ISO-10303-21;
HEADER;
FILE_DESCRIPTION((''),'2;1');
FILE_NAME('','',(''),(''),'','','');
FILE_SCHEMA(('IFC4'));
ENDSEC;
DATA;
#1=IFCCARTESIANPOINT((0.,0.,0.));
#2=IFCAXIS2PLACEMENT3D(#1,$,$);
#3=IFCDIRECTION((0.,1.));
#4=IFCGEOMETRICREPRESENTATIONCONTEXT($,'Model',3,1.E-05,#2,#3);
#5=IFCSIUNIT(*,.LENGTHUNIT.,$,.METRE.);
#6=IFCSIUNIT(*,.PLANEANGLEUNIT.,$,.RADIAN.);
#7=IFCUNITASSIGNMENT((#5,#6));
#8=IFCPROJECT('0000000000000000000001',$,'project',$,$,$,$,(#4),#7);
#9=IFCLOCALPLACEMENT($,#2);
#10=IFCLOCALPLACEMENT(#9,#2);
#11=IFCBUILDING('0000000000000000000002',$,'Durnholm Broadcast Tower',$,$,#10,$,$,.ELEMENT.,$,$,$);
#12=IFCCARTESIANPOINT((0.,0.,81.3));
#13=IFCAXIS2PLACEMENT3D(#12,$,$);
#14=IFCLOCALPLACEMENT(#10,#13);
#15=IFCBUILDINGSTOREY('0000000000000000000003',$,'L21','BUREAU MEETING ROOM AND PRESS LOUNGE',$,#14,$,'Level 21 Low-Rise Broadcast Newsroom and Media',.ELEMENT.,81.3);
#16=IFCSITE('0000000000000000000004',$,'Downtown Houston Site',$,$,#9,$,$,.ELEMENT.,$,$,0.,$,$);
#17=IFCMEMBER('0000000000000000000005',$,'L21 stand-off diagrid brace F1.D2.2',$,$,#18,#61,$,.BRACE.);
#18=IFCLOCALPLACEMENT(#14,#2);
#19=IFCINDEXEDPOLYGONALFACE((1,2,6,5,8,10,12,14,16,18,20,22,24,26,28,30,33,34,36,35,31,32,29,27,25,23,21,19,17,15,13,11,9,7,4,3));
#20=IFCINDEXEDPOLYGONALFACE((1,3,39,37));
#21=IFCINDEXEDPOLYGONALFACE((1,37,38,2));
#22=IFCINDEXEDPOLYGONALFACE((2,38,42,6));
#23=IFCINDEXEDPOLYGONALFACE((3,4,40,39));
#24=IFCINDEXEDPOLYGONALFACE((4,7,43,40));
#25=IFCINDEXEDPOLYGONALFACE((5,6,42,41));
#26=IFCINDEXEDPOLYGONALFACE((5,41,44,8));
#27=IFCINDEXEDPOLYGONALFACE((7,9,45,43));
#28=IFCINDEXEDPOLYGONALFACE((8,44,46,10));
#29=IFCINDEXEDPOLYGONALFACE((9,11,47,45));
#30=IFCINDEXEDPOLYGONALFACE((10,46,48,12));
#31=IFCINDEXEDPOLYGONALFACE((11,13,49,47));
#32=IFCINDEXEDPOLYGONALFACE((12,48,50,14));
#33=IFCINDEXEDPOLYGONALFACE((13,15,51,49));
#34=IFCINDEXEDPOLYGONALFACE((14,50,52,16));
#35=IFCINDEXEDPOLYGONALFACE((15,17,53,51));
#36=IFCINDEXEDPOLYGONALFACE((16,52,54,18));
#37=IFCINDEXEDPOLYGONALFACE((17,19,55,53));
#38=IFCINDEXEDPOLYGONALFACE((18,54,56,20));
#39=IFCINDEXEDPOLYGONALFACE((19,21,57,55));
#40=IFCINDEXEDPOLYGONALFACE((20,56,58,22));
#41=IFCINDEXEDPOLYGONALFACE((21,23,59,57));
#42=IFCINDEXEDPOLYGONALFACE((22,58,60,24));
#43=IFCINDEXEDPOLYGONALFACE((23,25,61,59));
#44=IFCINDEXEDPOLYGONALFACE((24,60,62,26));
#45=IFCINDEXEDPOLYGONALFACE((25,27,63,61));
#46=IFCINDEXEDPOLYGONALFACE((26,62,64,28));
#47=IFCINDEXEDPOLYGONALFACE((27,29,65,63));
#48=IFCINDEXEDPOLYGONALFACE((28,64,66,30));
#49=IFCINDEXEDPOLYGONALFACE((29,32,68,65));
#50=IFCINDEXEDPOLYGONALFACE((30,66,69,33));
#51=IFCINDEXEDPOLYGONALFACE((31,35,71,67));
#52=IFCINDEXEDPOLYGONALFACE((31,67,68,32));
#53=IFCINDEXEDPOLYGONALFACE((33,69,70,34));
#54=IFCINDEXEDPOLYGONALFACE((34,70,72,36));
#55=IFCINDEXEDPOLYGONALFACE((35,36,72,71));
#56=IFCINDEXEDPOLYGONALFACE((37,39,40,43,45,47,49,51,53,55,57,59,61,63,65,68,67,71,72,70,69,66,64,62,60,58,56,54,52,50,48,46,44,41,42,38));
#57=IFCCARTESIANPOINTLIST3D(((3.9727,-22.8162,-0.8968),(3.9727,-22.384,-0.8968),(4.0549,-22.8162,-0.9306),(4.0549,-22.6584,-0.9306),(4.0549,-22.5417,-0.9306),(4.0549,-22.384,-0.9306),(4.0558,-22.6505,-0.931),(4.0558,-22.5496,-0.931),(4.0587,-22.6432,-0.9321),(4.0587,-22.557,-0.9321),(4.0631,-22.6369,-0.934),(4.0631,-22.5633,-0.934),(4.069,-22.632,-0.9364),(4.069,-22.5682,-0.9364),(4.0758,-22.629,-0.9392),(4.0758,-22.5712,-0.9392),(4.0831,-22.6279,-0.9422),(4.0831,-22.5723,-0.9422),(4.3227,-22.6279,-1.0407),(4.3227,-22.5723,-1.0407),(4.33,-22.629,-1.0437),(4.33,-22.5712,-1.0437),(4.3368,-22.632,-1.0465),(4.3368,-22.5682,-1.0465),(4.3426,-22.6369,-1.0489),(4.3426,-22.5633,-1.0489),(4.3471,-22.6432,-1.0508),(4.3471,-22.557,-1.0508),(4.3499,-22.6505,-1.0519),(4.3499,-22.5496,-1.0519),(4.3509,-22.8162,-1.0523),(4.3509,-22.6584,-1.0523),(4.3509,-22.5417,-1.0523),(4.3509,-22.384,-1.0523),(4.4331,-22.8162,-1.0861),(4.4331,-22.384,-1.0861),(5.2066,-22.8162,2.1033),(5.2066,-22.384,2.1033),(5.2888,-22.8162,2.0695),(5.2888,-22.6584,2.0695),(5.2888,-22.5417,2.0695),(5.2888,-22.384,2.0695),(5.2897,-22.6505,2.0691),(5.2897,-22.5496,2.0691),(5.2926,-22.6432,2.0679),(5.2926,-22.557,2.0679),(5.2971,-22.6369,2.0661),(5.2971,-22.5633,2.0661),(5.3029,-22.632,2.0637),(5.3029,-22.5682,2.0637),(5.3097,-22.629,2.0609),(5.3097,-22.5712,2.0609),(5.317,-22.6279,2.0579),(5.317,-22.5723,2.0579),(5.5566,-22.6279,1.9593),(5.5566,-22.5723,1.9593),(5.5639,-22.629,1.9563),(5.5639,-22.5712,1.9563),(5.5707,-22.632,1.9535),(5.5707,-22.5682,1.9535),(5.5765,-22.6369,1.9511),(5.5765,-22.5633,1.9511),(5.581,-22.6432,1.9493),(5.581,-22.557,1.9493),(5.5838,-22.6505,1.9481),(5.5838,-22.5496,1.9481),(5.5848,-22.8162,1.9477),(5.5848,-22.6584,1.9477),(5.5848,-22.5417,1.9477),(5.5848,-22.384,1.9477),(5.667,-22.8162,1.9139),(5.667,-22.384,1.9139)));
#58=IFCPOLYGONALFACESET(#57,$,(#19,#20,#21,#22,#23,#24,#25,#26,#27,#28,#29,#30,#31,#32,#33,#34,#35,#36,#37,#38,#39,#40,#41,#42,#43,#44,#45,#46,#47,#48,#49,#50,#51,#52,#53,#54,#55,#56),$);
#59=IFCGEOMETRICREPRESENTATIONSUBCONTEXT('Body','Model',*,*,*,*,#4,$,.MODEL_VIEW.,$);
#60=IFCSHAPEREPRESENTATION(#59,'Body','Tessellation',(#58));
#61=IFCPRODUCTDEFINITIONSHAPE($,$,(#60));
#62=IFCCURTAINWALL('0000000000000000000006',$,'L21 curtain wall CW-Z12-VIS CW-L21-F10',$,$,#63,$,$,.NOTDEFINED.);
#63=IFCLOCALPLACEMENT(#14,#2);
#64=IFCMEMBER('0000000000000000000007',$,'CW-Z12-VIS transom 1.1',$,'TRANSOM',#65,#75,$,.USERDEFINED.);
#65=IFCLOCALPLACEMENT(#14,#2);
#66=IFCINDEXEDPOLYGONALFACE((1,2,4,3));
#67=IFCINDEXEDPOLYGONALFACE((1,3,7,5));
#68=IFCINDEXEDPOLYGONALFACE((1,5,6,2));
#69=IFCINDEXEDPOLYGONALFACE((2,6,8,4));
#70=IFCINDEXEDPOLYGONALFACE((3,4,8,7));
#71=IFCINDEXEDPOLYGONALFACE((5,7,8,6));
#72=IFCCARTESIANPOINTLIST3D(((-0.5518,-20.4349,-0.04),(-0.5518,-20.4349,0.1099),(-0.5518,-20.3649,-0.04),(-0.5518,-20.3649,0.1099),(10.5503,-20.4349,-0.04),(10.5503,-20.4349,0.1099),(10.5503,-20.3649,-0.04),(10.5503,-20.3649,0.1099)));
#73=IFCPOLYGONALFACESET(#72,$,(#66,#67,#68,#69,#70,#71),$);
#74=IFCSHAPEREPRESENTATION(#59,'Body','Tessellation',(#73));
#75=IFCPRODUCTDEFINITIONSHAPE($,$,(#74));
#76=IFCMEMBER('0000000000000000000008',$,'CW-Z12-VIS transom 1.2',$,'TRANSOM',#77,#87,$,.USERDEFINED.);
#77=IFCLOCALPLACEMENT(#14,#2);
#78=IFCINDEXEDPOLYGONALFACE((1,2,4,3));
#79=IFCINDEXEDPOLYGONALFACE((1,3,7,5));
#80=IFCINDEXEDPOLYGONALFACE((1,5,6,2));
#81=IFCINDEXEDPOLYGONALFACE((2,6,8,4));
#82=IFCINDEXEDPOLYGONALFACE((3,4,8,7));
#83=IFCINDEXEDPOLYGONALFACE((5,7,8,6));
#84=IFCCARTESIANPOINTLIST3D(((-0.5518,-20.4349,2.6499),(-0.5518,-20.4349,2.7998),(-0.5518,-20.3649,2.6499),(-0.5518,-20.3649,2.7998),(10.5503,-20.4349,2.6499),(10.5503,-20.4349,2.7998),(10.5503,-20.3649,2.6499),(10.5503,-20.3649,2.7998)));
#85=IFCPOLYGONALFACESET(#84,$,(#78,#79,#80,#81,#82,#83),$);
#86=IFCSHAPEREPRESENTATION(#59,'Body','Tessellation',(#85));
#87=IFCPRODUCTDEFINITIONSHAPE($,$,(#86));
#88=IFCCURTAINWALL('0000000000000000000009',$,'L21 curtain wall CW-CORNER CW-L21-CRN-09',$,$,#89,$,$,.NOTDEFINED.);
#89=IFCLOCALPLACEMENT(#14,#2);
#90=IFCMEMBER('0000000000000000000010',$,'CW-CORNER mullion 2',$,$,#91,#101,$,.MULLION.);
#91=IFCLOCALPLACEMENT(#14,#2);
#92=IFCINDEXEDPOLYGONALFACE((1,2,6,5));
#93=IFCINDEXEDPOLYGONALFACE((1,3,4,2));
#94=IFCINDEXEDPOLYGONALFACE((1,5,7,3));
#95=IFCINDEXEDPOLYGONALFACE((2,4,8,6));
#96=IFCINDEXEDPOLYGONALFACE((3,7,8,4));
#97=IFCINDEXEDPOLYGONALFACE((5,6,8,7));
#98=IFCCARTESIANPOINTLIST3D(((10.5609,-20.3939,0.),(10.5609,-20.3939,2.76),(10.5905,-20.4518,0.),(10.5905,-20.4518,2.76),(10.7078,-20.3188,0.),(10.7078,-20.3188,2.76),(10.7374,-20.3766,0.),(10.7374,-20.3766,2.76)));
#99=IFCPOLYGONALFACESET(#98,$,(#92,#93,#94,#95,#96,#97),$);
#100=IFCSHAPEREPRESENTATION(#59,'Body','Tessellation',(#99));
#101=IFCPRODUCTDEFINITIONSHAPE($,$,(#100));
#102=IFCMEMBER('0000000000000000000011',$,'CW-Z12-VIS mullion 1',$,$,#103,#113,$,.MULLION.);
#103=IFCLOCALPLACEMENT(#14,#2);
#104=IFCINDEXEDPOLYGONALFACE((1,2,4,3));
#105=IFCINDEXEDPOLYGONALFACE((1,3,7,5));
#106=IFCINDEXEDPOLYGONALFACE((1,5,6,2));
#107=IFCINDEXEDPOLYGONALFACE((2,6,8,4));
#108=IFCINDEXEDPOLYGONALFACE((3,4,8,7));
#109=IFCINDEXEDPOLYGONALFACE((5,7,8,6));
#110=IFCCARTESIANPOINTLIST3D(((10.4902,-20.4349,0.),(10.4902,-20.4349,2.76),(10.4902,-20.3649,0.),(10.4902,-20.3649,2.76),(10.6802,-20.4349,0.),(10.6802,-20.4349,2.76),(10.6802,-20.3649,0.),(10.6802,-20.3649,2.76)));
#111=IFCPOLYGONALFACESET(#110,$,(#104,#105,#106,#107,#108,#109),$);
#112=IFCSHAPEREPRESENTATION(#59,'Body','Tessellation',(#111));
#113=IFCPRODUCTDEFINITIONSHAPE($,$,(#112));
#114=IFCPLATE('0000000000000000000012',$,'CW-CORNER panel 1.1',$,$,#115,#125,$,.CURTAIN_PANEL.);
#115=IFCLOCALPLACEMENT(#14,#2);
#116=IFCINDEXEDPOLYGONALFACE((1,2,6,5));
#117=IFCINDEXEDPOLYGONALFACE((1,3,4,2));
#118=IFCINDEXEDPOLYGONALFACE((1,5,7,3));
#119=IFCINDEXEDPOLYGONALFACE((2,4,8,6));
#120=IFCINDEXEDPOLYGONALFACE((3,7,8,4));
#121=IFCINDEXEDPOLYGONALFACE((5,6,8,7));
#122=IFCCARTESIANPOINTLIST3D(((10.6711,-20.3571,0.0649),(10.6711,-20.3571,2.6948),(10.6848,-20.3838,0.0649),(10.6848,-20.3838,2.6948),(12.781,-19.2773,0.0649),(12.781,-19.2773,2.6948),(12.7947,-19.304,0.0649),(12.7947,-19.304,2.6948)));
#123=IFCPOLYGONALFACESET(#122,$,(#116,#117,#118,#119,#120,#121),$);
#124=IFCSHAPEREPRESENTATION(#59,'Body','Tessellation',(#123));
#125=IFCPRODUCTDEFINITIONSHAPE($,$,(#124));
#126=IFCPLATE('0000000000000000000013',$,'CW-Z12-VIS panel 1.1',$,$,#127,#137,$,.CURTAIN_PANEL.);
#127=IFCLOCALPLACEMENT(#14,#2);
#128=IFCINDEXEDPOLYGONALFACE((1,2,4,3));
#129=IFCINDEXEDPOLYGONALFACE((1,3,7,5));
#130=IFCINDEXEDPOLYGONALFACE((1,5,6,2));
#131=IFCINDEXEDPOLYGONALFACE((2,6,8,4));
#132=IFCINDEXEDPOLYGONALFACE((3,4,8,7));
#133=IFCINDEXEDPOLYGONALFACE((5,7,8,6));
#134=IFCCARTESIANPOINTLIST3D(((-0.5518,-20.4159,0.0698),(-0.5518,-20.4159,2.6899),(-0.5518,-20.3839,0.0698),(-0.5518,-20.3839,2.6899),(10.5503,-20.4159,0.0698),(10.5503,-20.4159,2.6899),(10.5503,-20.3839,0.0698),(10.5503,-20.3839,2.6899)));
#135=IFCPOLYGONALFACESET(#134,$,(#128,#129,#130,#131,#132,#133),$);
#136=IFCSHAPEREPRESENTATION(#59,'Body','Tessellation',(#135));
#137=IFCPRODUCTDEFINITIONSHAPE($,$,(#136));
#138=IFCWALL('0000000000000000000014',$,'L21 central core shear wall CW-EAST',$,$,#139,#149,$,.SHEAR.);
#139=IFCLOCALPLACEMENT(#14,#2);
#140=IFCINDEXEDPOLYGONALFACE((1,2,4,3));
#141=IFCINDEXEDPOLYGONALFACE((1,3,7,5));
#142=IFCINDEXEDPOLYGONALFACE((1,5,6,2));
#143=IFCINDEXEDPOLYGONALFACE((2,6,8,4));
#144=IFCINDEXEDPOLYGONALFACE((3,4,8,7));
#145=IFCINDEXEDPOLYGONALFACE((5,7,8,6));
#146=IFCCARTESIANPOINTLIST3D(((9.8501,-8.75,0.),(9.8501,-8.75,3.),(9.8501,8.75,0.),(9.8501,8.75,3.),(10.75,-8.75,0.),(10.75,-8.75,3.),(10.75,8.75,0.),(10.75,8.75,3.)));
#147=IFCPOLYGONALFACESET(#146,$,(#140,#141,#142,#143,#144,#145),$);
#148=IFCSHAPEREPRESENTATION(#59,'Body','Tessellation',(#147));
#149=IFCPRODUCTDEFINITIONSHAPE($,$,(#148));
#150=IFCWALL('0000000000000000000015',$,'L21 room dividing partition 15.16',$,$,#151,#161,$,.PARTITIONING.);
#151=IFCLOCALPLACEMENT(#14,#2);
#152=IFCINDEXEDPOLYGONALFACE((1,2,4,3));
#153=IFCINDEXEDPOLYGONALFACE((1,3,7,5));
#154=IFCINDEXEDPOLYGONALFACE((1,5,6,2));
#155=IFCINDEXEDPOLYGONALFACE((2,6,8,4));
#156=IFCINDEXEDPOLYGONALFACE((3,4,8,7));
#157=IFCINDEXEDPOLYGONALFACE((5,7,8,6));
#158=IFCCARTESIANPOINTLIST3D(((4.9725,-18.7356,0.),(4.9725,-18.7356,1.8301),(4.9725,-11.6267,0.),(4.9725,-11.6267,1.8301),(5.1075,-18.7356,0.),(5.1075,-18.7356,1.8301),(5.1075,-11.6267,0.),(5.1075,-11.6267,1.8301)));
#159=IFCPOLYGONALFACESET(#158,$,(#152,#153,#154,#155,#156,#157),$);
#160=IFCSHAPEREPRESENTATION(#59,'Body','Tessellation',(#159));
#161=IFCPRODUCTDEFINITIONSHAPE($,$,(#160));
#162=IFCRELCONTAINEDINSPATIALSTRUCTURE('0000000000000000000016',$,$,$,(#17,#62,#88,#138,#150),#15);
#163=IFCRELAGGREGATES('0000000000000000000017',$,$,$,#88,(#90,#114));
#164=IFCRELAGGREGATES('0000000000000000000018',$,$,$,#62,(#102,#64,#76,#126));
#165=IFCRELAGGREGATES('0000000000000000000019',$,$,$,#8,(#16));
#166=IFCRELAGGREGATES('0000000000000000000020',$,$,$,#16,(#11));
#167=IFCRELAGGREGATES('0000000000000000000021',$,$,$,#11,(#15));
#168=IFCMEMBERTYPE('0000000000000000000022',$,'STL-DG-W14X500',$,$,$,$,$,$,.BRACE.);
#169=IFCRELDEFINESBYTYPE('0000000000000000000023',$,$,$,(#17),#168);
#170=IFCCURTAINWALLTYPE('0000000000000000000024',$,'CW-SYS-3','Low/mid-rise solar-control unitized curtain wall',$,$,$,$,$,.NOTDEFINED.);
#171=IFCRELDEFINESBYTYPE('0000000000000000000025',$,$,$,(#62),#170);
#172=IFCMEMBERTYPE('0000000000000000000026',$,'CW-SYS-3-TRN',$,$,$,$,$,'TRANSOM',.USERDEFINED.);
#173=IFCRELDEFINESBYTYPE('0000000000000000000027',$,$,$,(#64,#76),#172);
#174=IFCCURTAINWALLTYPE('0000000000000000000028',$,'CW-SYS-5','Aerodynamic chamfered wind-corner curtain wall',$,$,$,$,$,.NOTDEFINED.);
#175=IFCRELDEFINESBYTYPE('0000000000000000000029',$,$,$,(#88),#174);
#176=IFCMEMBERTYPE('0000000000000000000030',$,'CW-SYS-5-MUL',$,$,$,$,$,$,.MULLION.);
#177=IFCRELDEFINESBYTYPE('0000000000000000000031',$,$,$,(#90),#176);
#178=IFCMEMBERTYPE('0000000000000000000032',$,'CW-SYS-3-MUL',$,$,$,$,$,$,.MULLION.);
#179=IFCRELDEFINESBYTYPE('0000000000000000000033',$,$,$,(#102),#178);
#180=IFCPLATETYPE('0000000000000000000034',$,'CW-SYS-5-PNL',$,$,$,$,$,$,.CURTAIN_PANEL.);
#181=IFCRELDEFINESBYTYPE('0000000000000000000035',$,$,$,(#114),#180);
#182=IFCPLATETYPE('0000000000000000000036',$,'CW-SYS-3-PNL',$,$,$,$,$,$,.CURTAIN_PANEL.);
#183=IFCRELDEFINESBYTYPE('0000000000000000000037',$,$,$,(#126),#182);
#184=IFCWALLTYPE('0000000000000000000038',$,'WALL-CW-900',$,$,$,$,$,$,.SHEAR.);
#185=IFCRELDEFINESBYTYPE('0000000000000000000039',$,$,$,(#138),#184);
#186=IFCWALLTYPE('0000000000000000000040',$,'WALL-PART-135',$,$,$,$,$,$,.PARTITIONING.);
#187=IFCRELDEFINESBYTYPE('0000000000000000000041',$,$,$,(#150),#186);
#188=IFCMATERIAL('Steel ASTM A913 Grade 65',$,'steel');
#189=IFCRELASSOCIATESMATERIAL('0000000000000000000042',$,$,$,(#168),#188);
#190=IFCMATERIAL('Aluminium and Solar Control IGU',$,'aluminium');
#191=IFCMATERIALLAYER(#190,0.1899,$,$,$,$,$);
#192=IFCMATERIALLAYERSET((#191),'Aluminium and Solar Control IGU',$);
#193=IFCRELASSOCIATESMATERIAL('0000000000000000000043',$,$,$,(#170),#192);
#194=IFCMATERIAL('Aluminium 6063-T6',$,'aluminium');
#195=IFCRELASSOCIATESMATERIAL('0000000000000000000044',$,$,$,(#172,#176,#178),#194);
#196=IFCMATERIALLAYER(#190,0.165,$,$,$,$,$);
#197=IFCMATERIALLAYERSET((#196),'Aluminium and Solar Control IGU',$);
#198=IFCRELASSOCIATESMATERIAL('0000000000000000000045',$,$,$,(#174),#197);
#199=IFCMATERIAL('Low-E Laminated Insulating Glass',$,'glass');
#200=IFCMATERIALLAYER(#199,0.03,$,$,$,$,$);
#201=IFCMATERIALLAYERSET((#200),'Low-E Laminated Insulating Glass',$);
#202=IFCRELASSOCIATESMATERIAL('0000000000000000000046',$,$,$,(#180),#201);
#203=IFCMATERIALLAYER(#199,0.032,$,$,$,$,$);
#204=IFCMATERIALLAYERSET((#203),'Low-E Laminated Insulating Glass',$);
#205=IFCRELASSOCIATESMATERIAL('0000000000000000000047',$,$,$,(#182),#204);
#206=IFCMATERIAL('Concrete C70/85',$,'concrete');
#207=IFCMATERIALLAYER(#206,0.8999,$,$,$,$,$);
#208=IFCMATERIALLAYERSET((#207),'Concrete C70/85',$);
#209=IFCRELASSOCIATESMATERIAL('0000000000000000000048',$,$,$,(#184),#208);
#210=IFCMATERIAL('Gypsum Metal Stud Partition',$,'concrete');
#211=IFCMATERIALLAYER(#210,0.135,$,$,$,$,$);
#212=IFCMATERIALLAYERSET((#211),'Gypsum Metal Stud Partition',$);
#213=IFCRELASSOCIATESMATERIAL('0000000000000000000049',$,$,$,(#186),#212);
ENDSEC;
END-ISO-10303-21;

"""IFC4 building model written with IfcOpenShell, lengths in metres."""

from ifc_helpers import new_model, si_unit, direction, frame, frame_2d, origin, origin_2d, place, context, subcontext, project, spatial, rectangle, i_section, extrude, source, transform, mapped, material, layer, layer_set, material_profile, profile_set, type_object, type_shapes, element, aggregate, save


model = new_model("IFC4")

# Units and contexts
model_context = context("Model", 3, precision=1e-05, world=origin(), true_north=direction((0.0, 1.0)))
body_context = subcontext(model_context, "Body", "Model", "MODEL_VIEW")
ifc_project = project(units=[si_unit("LENGTHUNIT", "METRE"), si_unit("PLANEANGLEUNIT", "RADIAN")], contexts=[model_context])

# Site, building, storey
site_placement = place(None, origin())
site = spatial("IfcSite", under=ifc_project, at=site_placement, Name="Downtown Houston Site", CompositionType="ELEMENT", RefElevation=0.0)
building_placement = place(site_placement, origin())
building = spatial("IfcBuilding", under=site, at=building_placement, Name="Durnholm Broadcast Tower", CompositionType="ELEMENT")
storey_placement = place(building_placement, frame((0.0, 0.0, 81.3)))
storey = spatial("IfcBuildingStorey", under=building, at=storey_placement, Name="L21", Description="BUREAU MEETING ROOM AND PRESS LOUNGE", LongName="Level 21 Low-Rise Broadcast Newsroom and Media", CompositionType="ELEMENT", Elevation=81.3)

# Shared definitions
ifc_material_1 = material(Name="Concrete C70/85", Category="concrete")

# Member
ifc_material_2 = material(Name="Steel ASTM A913 Grade 65", Category="steel")
ifc_material_profile_1 = material_profile(ifc_material_2, i_section(OverallWidth=0.4321, OverallDepth=0.4978, WebThickness=0.0557, FlangeThickness=0.0889, FilletRadius=0.0305, at=origin_2d()), Name="W14X500")
ifc_profile_set_1 = profile_set([ifc_material_profile_1], Name="Steel ASTM A913 Grade 65")
member_type_1 = type_object("IfcMemberType", Name="STL-DG-W14X500", PredefinedType="BRACE", material=ifc_profile_set_1)
shared_shape_1 = source(origin(), body_context, "Body", "SweptSolid", [
    extrude(i_section(OverallWidth=0.4321, OverallDepth=0.4978, WebThickness=0.0557, FlangeThickness=0.0889, FilletRadius=0.0305, at=origin_2d()), origin(), (0.0, 0.0, 1.0), 3.2439),
])
type_shapes(member_type_1, [shared_shape_1])
for number, where, z_axis, x_axis, name in (
    (1, (4.2029, -22.6001, -0.9915), (0.380379, 0.0, 0.924831), (0.0, 1.0, 0.0), "L21 stand-off diagrid brace F1.D2.2"),
):
    element("IfcMember", number, at=place(storey_placement, frame(where, z_axis=z_axis, x_axis=x_axis)), inside=storey, type_object=member_type_1, Name=name, PredefinedType="BRACE", context=body_context, shape_type="MappedRepresentation", body=[
        mapped(shared_shape_1, transform((0.0, 0.0, 0.0), x_axis=(1.0, 0.0, 0.0), y_axis=(0.0, 1.0, 0.0), z_axis=(0.0, 0.0, 1.0), scale=1.0)),
    ])

# Curtain wall, members
ifc_material_3 = material(Name="Aluminium and Solar Control IGU", Category="aluminium")
ifc_layer_1 = layer(ifc_material_3, 0.1899)
ifc_layer_set_1 = layer_set([ifc_layer_1], Name="Aluminium and Solar Control IGU")
curtain_wall_type_1 = type_object("IfcCurtainWallType", Name="CW-SYS-3", Description="Low/mid-rise solar-control unitized curtain wall", PredefinedType="NOTDEFINED", material=ifc_layer_set_1)
curtain_wall_1_placement = place(storey_placement, origin())
curtain_wall_1 = element("IfcCurtainWall", 2, at=curtain_wall_1_placement, inside=storey, type_object=curtain_wall_type_1, Name="L21 curtain wall CW-Z12-VIS CW-L21-F10", PredefinedType="NOTDEFINED")
ifc_material_4 = material(Name="Aluminium 6063-T6", Category="aluminium")
ifc_material_profile_2 = material_profile(ifc_material_4, rectangle(XDim=0.0701, YDim=0.1499, at=origin_2d()), Name="CWT70X150")
ifc_profile_set_2 = profile_set([ifc_material_profile_2], Name="Aluminium 6063-T6")
member_type_2 = type_object("IfcMemberType", Name="CW-SYS-3-TRN", ElementType="TRANSOM", PredefinedType="USERDEFINED", material=ifc_profile_set_2)
shared_shape_2 = source(origin(), body_context, "Body", "SweptSolid", [
    extrude(rectangle(XDim=0.0701, YDim=0.1499, at=origin_2d()), origin(), (0.0, 0.0, 1.0), 11.1021),
])
type_shapes(member_type_2, [shared_shape_2])
member_1_placement = place(storey_placement, frame((10.5503, -20.3999, 0.0349), z_axis=(-1.0, 0.0, 0.0), x_axis=(0.0, -1.0, 0.0)))
member_1 = element("IfcMember", 3, at=member_1_placement, type_object=member_type_2, Name="CW-Z12-VIS transom 1.1", ObjectType="TRANSOM", PredefinedType="USERDEFINED", context=body_context, shape_type="MappedRepresentation", body=[
    mapped(shared_shape_2, transform((0.0, 0.0, 0.0), x_axis=(1.0, 0.0, 0.0), y_axis=(0.0, 1.0, 0.0), z_axis=(0.0, 0.0, 1.0), scale=1.0)),
])
member_2_placement = place(storey_placement, frame((10.5503, -20.3999, 2.7249), z_axis=(-1.0, 0.0, 0.0), x_axis=(0.0, -1.0, 0.0)))
member_2 = element("IfcMember", 4, at=member_2_placement, type_object=member_type_2, Name="CW-Z12-VIS transom 1.2", ObjectType="TRANSOM", PredefinedType="USERDEFINED", context=body_context, shape_type="MappedRepresentation", body=[
    mapped(shared_shape_2, transform((0.0, 0.0, 0.0), x_axis=(1.0, 0.0, 0.0), y_axis=(0.0, 1.0, 0.0), z_axis=(0.0, 0.0, 1.0), scale=1.0)),
])

# Curtain wall, member
ifc_layer_2 = layer(ifc_material_3, 0.165)
ifc_layer_set_2 = layer_set([ifc_layer_2], Name="Aluminium and Solar Control IGU")
curtain_wall_type_2 = type_object("IfcCurtainWallType", Name="CW-SYS-5", Description="Aerodynamic chamfered wind-corner curtain wall", PredefinedType="NOTDEFINED", material=ifc_layer_set_2)
curtain_wall_2_placement = place(storey_placement, origin())
curtain_wall_2 = element("IfcCurtainWall", 5, at=curtain_wall_2_placement, inside=storey, type_object=curtain_wall_type_2, Name="L21 curtain wall CW-CORNER CW-L21-CRN-09", PredefinedType="NOTDEFINED")
ifc_material_profile_3 = material_profile(ifc_material_4, rectangle(XDim=0.0649, YDim=0.165, at=origin_2d()), Name="CWM65X165")
ifc_profile_set_3 = profile_set([ifc_material_profile_3], Name="Aluminium 6063-T6")
member_type_3 = type_object("IfcMemberType", Name="CW-SYS-5-MUL", PredefinedType="MULLION", material=ifc_profile_set_3)
shared_shape_3 = source(origin(), body_context, "Body", "SweptSolid", [
    extrude(rectangle(XDim=0.0649, YDim=0.165, at=origin_2d()), origin(), (0.0, 0.0, 1.0), 2.76),
])
type_shapes(member_type_3, [shared_shape_3])
member_3_placement = place(storey_placement, frame((10.6492, -20.3853, 0.0), z_axis=(0.0, 0.0, 1.0), x_axis=(0.455594, -0.890188, 0.0)))
member_3 = element("IfcMember", 6, at=member_3_placement, type_object=member_type_3, Name="CW-CORNER mullion 2", PredefinedType="MULLION", context=body_context, shape_type="MappedRepresentation", body=[
    mapped(shared_shape_3, transform((0.0, 0.0, 0.0), x_axis=(1.0, 0.0, 0.0), y_axis=(0.0, 1.0, 0.0), z_axis=(0.0, 0.0, 1.0), scale=1.0)),
])

# Member
ifc_material_profile_4 = material_profile(ifc_material_4, rectangle(XDim=0.0701, YDim=0.1899, at=origin_2d()), Name="CWM70X190")
ifc_profile_set_4 = profile_set([ifc_material_profile_4], Name="Aluminium 6063-T6")
member_type_4 = type_object("IfcMemberType", Name="CW-SYS-3-MUL", PredefinedType="MULLION", material=ifc_profile_set_4)
shared_shape_4 = source(origin(), body_context, "Body", "SweptSolid", [
    extrude(rectangle(XDim=0.0701, YDim=0.1899, at=origin_2d()), origin(), (0.0, 0.0, 1.0), 2.76),
])
type_shapes(member_type_4, [shared_shape_4])
member_4_placement = place(storey_placement, frame((10.5852, -20.3999, 0.0), z_axis=(0.0, 0.0, 1.0), x_axis=(0.0, -1.0, 0.0)))
member_4 = element("IfcMember", 7, at=member_4_placement, type_object=member_type_4, Name="CW-Z12-VIS mullion 1", PredefinedType="MULLION", context=body_context, shape_type="MappedRepresentation", body=[
    mapped(shared_shape_4, transform((0.0, 0.0, 0.0), x_axis=(1.0, 0.0, 0.0), y_axis=(0.0, 1.0, 0.0), z_axis=(0.0, 0.0, 1.0), scale=1.0)),
])

# Plates
ifc_material_5 = material(Name="Low-E Laminated Insulating Glass", Category="glass")
ifc_layer_3 = layer(ifc_material_5, 0.03)
ifc_layer_set_3 = layer_set([ifc_layer_3], Name="Low-E Laminated Insulating Glass")
plate_type_1 = type_object("IfcPlateType", Name="CW-SYS-5-PNL", PredefinedType="CURTAIN_PANEL", material=ifc_layer_set_3)
shared_shape_5 = source(origin(), body_context, "Body", "SweptSolid", [
    extrude(rectangle(XDim=2.3701, YDim=0.03, at=origin_2d()), origin(), (0.0, 0.0, 1.0), 2.6299),
])
type_shapes(plate_type_1, [shared_shape_5])
plate_1_placement = place(storey_placement, frame((11.7329, -19.8306, 0.0649), z_axis=(0.0, 0.0, 1.0), x_axis=(-0.890188, -0.455594, 0.0)))
plate_1 = element("IfcPlate", 8, at=plate_1_placement, type_object=plate_type_1, Name="CW-CORNER panel 1.1", PredefinedType="CURTAIN_PANEL", context=body_context, shape_type="MappedRepresentation", body=[
    mapped(shared_shape_5, transform((0.0, 0.0, 0.0), x_axis=(1.0, 0.0, 0.0), y_axis=(0.0, 1.0, 0.0), z_axis=(0.0, 0.0, 1.0), scale=1.0)),
])
aggregate(curtain_wall_2, [member_3, plate_1])
ifc_layer_4 = layer(ifc_material_5, 0.032)
ifc_layer_set_4 = layer_set([ifc_layer_4], Name="Low-E Laminated Insulating Glass")
plate_type_2 = type_object("IfcPlateType", Name="CW-SYS-3-PNL", PredefinedType="CURTAIN_PANEL", material=ifc_layer_set_4)
shared_shape_6 = source(origin(), body_context, "Body", "SweptSolid", [
    extrude(rectangle(XDim=11.1021, YDim=0.032, at=origin_2d()), origin(), (0.0, 0.0, 1.0), 2.6201),
])
type_shapes(plate_type_2, [shared_shape_6])
plate_2_placement = place(storey_placement, frame((4.9993, -20.3999, 0.0698), z_axis=(0.0, 0.0, 1.0), x_axis=(-1.0, 0.0, 0.0)))
plate_2 = element("IfcPlate", 9, at=plate_2_placement, type_object=plate_type_2, Name="CW-Z12-VIS panel 1.1", PredefinedType="CURTAIN_PANEL", context=body_context, shape_type="MappedRepresentation", body=[
    mapped(shared_shape_6, transform((0.0, 0.0, 0.0), x_axis=(1.0, 0.0, 0.0), y_axis=(0.0, 1.0, 0.0), z_axis=(0.0, 0.0, 1.0), scale=1.0)),
])
aggregate(curtain_wall_1, [member_4, member_1, member_2, plate_2])

# Walls
ifc_layer_5 = layer(ifc_material_1, 0.8999)
ifc_layer_set_5 = layer_set([ifc_layer_5], Name="Concrete C70/85")
wall_type_1 = type_object("IfcWallType", Name="WALL-CW-900", PredefinedType="SHEAR", material=ifc_layer_set_5)
wall_1_placement = place(storey_placement, frame((10.3, -8.75, 0.0), z_axis=(0.0, 0.0, 1.0), x_axis=(0.0, 1.0, 0.0)))
element("IfcWall", 10, at=wall_1_placement, inside=storey, type_object=wall_type_1, Name="L21 central core shear wall CW-EAST", PredefinedType="SHEAR", context=body_context, shape_type="SweptSolid", body=[
    extrude(rectangle(XDim=17.5, YDim=0.8999, at=frame_2d((8.75, 0.0))), origin(), (0.0, 0.0, 1.0), 3.0),
])
ifc_material_6 = material(Name="Gypsum Metal Stud Partition", Category="concrete")
ifc_layer_6 = layer(ifc_material_6, 0.135)
ifc_layer_set_6 = layer_set([ifc_layer_6], Name="Gypsum Metal Stud Partition")
wall_type_2 = type_object("IfcWallType", Name="WALL-PART-135", PredefinedType="PARTITIONING", material=ifc_layer_set_6)
wall_2_placement = place(storey_placement, frame((5.04, -11.6267, 0.0), z_axis=(0.0, 0.0, 1.0), x_axis=(0.0, -1.0, 0.0)))
element("IfcWall", 11, at=wall_2_placement, inside=storey, type_object=wall_type_2, Name="L21 room dividing partition 15.16", PredefinedType="PARTITIONING", context=body_context, shape_type="SweptSolid", body=[
    extrude(rectangle(XDim=7.1089, YDim=0.135, at=frame_2d((3.5544, 0.0))), origin(), (0.0, 0.0, 1.0), 1.8301),
])

save(model, "model.ifc")
